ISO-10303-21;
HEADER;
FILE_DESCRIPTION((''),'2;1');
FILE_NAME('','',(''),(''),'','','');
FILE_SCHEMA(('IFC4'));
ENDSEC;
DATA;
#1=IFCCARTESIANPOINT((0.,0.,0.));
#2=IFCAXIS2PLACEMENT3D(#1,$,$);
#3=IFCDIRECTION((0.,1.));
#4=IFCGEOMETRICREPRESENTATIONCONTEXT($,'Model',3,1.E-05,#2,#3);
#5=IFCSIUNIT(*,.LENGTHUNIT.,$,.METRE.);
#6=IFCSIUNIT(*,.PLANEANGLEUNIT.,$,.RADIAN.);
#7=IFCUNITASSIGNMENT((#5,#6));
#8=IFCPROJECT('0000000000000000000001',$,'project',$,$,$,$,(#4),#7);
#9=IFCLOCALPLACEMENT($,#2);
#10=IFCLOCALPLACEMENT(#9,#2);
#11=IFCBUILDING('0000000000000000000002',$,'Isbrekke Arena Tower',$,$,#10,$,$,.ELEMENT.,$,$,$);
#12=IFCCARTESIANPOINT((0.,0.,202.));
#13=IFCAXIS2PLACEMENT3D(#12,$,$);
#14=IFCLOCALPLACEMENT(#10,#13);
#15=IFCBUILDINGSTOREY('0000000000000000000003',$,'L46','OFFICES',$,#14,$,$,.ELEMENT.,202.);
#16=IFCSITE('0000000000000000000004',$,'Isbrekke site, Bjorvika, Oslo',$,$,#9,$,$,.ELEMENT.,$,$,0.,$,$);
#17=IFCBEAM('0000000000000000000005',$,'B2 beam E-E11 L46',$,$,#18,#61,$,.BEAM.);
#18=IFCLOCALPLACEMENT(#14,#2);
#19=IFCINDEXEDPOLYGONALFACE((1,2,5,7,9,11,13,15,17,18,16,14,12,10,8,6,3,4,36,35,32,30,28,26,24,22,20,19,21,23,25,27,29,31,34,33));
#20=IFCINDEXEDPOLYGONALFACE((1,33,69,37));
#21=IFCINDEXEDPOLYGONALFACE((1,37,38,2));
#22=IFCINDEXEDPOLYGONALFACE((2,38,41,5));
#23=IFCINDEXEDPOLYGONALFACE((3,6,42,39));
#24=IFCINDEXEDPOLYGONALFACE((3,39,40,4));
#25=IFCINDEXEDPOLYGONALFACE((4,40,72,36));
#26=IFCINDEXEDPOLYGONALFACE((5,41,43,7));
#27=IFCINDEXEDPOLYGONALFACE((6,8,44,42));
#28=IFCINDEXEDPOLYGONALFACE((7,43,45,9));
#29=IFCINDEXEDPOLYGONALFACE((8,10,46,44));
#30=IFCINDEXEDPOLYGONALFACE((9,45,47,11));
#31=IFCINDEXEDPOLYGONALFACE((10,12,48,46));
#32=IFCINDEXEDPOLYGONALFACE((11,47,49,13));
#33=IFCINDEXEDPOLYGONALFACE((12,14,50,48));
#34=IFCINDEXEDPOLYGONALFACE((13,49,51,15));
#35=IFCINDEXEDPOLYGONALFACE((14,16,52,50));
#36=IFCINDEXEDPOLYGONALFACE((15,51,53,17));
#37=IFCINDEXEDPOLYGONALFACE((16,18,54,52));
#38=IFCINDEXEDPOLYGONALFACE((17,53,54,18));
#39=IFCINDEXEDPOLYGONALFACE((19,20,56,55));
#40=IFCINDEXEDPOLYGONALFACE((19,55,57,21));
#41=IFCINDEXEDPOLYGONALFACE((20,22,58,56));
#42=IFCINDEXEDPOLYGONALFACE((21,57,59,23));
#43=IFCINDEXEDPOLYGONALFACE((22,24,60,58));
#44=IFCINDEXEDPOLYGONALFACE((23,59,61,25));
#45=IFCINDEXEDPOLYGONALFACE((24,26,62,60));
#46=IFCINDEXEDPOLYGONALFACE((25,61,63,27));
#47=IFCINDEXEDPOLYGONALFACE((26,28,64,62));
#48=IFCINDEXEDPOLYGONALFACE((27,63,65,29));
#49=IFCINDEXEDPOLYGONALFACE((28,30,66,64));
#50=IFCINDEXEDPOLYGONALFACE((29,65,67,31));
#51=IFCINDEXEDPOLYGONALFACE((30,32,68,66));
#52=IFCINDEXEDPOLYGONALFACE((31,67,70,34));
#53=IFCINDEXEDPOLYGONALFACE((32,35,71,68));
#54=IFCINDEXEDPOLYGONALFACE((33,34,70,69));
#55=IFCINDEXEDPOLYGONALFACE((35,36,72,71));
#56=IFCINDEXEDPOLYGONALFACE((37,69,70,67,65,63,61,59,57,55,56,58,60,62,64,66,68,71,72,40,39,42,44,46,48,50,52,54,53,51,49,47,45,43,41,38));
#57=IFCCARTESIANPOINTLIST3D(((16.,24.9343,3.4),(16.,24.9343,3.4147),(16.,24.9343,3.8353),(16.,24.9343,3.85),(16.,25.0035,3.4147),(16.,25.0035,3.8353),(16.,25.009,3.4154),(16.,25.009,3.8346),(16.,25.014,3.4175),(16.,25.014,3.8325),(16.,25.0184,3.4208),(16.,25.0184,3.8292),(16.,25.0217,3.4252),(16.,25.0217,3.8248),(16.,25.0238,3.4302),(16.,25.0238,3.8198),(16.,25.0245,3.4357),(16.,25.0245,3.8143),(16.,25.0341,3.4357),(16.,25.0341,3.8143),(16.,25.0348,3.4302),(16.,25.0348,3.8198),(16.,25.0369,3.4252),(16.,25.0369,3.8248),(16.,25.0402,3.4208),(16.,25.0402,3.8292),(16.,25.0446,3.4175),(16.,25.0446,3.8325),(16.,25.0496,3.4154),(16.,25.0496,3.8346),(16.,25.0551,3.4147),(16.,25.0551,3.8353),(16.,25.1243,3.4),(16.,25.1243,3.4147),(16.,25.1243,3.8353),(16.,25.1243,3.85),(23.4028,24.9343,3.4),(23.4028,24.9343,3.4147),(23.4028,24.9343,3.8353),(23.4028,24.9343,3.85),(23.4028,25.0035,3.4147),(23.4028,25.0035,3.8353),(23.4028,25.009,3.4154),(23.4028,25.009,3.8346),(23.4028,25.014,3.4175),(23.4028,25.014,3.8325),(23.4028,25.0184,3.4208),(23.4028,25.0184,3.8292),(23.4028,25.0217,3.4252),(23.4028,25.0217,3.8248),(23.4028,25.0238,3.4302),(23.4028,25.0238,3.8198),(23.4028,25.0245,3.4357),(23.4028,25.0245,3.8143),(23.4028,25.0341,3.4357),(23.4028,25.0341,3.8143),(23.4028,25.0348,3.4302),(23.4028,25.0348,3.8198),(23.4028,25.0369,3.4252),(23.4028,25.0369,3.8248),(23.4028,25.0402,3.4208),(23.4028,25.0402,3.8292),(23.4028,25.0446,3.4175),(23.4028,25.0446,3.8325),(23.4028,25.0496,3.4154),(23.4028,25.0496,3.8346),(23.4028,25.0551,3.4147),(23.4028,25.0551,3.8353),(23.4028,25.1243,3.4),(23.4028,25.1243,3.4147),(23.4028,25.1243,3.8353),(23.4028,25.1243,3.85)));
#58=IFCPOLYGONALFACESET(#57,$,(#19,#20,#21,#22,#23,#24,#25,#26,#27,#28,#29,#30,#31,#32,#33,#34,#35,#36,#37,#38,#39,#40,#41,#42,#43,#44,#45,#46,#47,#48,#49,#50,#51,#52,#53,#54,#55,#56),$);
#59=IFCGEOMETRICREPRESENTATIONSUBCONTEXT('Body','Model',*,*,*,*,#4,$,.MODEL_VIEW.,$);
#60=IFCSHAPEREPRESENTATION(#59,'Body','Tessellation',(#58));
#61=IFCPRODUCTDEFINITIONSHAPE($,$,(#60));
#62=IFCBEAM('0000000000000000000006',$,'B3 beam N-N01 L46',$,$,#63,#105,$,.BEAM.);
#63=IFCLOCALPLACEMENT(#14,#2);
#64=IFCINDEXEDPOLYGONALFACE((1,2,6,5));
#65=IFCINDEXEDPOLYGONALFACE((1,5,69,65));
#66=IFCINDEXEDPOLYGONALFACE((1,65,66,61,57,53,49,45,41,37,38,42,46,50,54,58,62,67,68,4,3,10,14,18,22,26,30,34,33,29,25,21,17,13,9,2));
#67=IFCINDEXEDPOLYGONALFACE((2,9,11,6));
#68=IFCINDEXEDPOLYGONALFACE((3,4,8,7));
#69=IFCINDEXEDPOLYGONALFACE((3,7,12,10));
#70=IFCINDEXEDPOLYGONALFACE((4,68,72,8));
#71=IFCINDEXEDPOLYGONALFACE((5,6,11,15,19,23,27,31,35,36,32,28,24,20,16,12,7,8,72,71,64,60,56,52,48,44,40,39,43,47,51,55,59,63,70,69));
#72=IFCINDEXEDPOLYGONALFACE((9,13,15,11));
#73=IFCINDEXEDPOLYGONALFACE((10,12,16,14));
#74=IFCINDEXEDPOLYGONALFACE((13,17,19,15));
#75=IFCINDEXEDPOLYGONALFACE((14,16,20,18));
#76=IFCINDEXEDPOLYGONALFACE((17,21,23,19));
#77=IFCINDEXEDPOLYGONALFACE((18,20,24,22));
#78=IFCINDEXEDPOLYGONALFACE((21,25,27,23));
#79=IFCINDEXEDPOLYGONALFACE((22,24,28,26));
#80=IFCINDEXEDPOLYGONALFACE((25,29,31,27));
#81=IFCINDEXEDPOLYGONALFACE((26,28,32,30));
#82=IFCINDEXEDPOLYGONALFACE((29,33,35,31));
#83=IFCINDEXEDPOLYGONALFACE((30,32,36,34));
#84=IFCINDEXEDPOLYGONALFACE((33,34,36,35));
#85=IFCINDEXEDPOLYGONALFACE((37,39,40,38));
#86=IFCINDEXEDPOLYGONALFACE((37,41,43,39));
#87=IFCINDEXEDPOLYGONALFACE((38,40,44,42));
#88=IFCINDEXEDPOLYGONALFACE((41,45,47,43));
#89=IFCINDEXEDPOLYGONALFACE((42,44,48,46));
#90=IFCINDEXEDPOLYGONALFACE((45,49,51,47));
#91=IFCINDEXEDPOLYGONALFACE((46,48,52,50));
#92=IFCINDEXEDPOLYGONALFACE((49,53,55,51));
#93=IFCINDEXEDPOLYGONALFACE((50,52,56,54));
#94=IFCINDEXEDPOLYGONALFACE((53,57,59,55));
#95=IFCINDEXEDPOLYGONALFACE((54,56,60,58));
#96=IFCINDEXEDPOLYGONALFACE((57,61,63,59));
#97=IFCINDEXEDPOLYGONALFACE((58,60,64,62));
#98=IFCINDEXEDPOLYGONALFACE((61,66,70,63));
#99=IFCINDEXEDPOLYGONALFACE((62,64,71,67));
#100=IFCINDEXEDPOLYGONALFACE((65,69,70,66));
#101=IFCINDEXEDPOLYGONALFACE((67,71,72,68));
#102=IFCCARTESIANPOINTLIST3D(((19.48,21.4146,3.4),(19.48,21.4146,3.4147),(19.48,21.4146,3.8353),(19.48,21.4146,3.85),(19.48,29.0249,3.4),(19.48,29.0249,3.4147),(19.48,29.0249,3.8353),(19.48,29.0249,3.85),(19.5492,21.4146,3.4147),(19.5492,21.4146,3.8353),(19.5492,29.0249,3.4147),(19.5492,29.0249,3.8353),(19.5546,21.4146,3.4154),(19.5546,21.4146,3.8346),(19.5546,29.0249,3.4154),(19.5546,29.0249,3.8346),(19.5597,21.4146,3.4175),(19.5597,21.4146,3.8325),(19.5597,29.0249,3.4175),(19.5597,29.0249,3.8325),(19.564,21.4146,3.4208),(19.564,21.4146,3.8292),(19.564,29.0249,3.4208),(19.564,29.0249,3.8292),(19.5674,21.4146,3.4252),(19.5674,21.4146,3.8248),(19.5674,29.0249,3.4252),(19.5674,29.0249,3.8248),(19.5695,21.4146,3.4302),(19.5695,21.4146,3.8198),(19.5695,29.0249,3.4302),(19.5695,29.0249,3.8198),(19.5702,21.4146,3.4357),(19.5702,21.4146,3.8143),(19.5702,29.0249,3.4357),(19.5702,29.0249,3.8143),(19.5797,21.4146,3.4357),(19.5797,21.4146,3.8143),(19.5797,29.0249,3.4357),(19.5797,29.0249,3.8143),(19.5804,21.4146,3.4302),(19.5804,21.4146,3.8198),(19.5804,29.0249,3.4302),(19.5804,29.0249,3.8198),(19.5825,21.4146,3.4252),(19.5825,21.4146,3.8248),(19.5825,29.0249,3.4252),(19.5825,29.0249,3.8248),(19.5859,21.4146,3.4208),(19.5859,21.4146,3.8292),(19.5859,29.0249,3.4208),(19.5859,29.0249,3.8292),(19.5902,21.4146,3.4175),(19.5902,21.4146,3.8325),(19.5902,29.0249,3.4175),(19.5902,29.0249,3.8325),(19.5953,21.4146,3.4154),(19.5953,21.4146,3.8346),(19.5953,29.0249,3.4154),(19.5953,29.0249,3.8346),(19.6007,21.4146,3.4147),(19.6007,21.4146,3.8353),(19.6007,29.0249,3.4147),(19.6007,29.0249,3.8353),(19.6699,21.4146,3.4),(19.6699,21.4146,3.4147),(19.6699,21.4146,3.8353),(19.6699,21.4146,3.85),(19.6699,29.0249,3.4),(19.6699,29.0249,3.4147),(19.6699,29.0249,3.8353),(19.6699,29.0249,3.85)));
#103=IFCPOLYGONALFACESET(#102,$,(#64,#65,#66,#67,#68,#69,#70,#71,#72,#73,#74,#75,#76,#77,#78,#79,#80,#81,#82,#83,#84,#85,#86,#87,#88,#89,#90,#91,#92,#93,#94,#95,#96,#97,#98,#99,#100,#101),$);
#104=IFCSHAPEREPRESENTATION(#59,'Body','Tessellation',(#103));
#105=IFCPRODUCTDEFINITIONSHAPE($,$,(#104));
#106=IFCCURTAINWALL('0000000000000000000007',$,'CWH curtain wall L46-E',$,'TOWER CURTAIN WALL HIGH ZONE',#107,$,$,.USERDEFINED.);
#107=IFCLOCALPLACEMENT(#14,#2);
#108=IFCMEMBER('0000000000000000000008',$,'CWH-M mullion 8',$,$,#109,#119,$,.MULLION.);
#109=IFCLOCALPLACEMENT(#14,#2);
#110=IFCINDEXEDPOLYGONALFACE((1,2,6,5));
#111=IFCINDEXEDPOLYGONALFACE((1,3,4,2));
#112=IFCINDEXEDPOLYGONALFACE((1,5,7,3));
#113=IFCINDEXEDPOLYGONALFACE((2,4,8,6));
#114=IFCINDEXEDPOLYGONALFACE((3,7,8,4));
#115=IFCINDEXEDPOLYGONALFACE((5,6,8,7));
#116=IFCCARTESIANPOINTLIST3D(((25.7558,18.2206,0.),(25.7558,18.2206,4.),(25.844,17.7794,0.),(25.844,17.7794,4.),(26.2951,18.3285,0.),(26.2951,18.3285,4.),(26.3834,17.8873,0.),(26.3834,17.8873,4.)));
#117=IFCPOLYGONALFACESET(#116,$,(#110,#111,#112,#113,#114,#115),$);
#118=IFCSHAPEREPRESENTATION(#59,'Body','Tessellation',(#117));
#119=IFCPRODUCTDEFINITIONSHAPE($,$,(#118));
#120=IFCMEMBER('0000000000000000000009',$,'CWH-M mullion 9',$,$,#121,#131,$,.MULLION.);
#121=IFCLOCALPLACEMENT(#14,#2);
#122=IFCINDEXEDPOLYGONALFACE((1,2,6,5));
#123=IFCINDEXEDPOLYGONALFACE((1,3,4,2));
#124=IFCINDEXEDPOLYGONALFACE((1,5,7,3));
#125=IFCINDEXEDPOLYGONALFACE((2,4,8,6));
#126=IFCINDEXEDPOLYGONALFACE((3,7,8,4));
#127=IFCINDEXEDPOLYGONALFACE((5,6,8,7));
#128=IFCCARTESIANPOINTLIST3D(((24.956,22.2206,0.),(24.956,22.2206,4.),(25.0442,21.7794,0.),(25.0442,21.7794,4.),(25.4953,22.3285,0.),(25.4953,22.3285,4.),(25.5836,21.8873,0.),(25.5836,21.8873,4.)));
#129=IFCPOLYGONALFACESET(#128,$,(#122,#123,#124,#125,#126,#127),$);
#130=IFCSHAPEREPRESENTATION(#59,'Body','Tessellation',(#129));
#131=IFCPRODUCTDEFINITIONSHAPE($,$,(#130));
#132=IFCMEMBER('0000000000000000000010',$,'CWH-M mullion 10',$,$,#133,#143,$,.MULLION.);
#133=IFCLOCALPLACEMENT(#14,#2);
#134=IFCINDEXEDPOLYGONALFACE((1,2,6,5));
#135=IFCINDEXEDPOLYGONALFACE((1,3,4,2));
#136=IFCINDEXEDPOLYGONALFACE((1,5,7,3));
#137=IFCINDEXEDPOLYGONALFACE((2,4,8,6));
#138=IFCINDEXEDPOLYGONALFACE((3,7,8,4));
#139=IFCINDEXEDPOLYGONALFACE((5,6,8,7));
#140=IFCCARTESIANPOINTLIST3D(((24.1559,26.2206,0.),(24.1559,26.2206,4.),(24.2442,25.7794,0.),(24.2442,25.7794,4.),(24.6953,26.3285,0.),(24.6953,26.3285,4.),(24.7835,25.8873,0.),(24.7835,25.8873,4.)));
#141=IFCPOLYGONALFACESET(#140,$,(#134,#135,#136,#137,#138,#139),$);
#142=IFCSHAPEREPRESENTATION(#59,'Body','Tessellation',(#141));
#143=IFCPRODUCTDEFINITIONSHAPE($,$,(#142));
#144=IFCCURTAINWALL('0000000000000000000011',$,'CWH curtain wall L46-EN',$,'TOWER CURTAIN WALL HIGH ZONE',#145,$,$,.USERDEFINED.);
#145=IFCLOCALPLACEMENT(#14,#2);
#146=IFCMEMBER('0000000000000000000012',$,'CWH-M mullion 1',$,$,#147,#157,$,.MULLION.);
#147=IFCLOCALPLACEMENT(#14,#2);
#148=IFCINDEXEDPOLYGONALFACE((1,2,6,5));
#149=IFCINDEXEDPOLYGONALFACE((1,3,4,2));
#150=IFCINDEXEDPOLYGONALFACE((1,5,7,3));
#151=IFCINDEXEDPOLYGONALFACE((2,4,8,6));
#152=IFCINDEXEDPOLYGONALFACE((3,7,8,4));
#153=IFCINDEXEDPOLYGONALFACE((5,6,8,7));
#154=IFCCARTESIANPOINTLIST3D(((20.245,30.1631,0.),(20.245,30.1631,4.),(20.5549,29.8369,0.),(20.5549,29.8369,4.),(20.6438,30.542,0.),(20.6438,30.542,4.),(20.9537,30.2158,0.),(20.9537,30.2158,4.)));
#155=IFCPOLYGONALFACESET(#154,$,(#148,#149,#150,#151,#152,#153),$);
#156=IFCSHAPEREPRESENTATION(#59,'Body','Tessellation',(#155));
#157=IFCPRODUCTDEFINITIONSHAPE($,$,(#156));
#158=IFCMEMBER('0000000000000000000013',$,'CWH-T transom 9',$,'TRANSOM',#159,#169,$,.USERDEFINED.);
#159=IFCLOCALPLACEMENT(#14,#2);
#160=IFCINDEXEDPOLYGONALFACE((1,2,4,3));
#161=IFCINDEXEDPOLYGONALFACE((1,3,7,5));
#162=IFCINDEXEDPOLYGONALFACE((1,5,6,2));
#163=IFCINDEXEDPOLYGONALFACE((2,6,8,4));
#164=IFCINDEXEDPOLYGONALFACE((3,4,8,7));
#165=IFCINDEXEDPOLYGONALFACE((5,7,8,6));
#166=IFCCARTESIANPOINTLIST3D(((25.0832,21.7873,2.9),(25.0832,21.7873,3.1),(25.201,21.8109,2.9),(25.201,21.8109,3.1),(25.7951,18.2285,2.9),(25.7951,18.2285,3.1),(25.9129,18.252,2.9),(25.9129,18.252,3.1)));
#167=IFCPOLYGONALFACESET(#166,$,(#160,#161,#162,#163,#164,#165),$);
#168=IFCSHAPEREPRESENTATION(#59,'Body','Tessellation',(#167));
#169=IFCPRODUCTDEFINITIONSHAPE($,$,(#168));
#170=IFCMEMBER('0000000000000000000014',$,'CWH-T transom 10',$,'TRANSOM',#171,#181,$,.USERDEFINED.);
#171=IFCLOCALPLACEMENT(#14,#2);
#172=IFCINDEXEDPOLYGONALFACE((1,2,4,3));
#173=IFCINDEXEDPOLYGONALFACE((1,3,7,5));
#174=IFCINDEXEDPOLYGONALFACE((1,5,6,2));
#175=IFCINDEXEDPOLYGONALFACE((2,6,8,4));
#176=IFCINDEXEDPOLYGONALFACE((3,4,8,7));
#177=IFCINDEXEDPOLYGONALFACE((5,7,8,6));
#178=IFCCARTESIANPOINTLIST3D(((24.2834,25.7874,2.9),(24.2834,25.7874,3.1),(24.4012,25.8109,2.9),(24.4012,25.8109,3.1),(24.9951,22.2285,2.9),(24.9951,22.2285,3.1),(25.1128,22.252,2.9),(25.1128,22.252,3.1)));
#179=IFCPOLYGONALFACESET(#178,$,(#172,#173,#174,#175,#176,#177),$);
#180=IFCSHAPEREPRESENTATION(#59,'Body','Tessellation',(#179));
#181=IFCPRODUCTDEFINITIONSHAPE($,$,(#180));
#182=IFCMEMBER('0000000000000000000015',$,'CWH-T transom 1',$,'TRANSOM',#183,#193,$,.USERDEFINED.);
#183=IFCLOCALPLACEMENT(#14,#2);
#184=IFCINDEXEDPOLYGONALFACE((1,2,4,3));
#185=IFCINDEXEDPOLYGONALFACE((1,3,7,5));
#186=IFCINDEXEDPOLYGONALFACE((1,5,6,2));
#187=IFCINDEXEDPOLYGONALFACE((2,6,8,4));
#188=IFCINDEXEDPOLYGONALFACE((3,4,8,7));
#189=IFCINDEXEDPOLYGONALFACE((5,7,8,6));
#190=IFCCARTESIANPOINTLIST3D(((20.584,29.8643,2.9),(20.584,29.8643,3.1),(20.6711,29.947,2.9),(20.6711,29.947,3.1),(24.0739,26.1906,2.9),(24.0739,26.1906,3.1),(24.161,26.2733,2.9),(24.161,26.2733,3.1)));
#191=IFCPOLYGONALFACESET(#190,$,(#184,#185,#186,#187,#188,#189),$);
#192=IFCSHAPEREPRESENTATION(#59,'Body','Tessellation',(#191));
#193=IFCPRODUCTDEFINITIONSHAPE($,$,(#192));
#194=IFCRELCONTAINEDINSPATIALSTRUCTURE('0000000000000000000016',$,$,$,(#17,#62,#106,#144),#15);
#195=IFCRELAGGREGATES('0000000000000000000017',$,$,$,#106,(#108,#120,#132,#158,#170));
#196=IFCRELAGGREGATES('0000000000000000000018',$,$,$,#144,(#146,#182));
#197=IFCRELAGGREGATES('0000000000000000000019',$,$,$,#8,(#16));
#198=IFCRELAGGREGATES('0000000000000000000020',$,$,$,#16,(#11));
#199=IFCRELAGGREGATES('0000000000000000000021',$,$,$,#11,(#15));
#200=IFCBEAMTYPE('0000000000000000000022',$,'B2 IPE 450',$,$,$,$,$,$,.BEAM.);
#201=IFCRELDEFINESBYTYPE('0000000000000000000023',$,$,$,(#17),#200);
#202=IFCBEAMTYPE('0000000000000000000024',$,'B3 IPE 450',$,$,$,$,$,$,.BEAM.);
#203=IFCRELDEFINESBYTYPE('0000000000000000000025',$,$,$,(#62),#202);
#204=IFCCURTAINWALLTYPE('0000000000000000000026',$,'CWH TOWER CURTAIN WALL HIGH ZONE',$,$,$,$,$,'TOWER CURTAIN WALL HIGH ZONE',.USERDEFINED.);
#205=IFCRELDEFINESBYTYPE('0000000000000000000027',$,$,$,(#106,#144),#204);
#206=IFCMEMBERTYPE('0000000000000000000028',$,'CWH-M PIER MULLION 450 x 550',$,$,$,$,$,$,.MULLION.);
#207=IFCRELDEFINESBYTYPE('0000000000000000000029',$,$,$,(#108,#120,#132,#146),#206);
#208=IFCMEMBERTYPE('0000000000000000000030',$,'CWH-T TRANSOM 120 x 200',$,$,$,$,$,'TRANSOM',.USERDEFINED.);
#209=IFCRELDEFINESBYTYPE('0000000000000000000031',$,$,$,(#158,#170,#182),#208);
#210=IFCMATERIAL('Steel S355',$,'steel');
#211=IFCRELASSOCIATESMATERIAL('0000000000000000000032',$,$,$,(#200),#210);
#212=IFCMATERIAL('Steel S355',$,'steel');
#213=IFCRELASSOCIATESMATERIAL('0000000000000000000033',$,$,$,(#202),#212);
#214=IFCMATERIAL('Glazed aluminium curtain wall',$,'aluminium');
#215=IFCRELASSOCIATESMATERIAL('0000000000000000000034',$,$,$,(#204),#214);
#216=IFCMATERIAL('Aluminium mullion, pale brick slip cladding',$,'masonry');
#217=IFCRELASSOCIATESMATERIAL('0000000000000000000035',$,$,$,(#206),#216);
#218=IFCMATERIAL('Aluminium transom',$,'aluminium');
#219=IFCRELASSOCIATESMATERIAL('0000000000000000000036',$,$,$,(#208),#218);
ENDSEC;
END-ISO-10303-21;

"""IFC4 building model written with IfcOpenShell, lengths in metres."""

from ifc_helpers import new_model, si_unit, direction, frame, origin, origin_2d, place, context, subcontext, project, spatial, rectangle, i_section, extrude, material, material_profile, profile_set, type_object, element, aggregate, save


model = new_model("IFC4")

# Units and contexts
model_context = context("Model", 3, precision=1e-05, world=origin(), true_north=direction((0.0, 1.0)))
body_context = subcontext(model_context, "Body", "Model", "MODEL_VIEW")
ifc_project = project(units=[si_unit("LENGTHUNIT", "METRE"), si_unit("PLANEANGLEUNIT", "RADIAN")], contexts=[model_context])

# Site, building, storey
site_placement = place(None, origin())
site = spatial("IfcSite", under=ifc_project, at=site_placement, Name="Isbrekke site, Bjorvika, Oslo", CompositionType="ELEMENT", RefElevation=0.0)
building_placement = place(site_placement, origin())
building = spatial("IfcBuilding", under=site, at=building_placement, Name="Isbrekke Arena Tower", CompositionType="ELEMENT")
storey_placement = place(building_placement, frame((0.0, 0.0, 202.0)))
storey = spatial("IfcBuildingStorey", under=building, at=storey_placement, Name="L46", Description="OFFICES", CompositionType="ELEMENT", Elevation=202.0)

# Beams
ifc_material_1 = material(Name="Steel S355", Category="steel")
ifc_material_profile_1 = material_profile(ifc_material_1, i_section(OverallWidth=0.1899, OverallDepth=0.45, WebThickness=0.0095, FlangeThickness=0.0146, FilletRadius=0.021, at=origin_2d()), Name="IPE 450")
ifc_profile_set_1 = profile_set([ifc_material_profile_1], Name="Steel S355")
beam_type_1 = type_object("IfcBeamType", Name="B2 IPE 450", PredefinedType="BEAM", material=ifc_profile_set_1)
beam_1_placement = place(storey_placement, frame((23.4028, 25.0293, 3.625), z_axis=(-1.0, 0.0, 0.0), x_axis=(0.0, -1.0, 0.0)))
element("IfcBeam", 1, at=beam_1_placement, inside=storey, type_object=beam_type_1, Name="B2 beam E-E11 L46", PredefinedType="BEAM", context=body_context, shape_type="SweptSolid", body=[
    extrude(i_section(OverallWidth=0.1899, OverallDepth=0.45, WebThickness=0.0095, FlangeThickness=0.0146, FilletRadius=0.021, at=origin_2d()), origin(), (0.0, 0.0, 1.0), 7.4028),
])
ifc_material_2 = material(Name="Steel S355", Category="steel")
ifc_material_profile_2 = material_profile(ifc_material_2, i_section(OverallWidth=0.1899, OverallDepth=0.45, WebThickness=0.0095, FlangeThickness=0.0146, FilletRadius=0.021, at=origin_2d()), Name="IPE 450")
ifc_profile_set_2 = profile_set([ifc_material_profile_2], Name="Steel S355")
beam_type_2 = type_object("IfcBeamType", Name="B3 IPE 450", PredefinedType="BEAM", material=ifc_profile_set_2)
beam_2_placement = place(storey_placement, frame((19.575, 29.0249, 3.625), z_axis=(0.0, -1.0, 0.0), x_axis=(1.0, 0.0, 0.0)))
element("IfcBeam", 2, at=beam_2_placement, inside=storey, type_object=beam_type_2, Name="B3 beam N-N01 L46", PredefinedType="BEAM", context=body_context, shape_type="SweptSolid", body=[
    extrude(i_section(OverallWidth=0.1899, OverallDepth=0.45, WebThickness=0.0095, FlangeThickness=0.0146, FilletRadius=0.021, at=origin_2d()), origin(), (0.0, 0.0, 1.0), 7.6104),
])

# Curtain wall, members
ifc_material_3 = material(Name="Glazed aluminium curtain wall", Category="aluminium")
curtain_wall_type = type_object("IfcCurtainWallType", Name="CWH TOWER CURTAIN WALL HIGH ZONE", ElementType="TOWER CURTAIN WALL HIGH ZONE", PredefinedType="USERDEFINED", material=ifc_material_3)
curtain_wall_1_placement = place(storey_placement, origin())
curtain_wall_1 = element("IfcCurtainWall", 3, at=curtain_wall_1_placement, inside=storey, type_object=curtain_wall_type, Name="CWH curtain wall L46-E", ObjectType="TOWER CURTAIN WALL HIGH ZONE", PredefinedType="USERDEFINED")
ifc_material_4 = material(Name="Aluminium mullion, pale brick slip cladding", Category="masonry")
ifc_material_profile_3 = material_profile(ifc_material_4, rectangle(XDim=0.45, YDim=0.55, at=origin_2d()), Name="PIER 450X550")
ifc_profile_set_3 = profile_set([ifc_material_profile_3], Name="Aluminium mullion, pale brick slip cladding")
member_type_1 = type_object("IfcMemberType", Name="CWH-M PIER MULLION 450 x 550", PredefinedType="MULLION", material=ifc_profile_set_3)
member_1_placement = place(storey_placement, frame((26.0696, 18.054, 0.0), z_axis=(0.0, 0.0, 1.0), x_axis=(-0.196116, 0.980581, 0.0)))
member_1 = element("IfcMember", 4, at=member_1_placement, type_object=member_type_1, Name="CWH-M mullion 8", PredefinedType="MULLION", context=body_context, shape_type="SweptSolid", body=[
    extrude(rectangle(XDim=0.45, YDim=0.55, at=origin_2d()), origin(), (0.0, 0.0, 1.0), 4.0),
])
member_2_placement = place(storey_placement, frame((25.2698, 22.054, 0.0), z_axis=(0.0, 0.0, 1.0), x_axis=(-0.196116, 0.980581, 0.0)))
member_2 = element("IfcMember", 5, at=member_2_placement, type_object=member_type_1, Name="CWH-M mullion 9", PredefinedType="MULLION", context=body_context, shape_type="SweptSolid", body=[
    extrude(rectangle(XDim=0.45, YDim=0.55, at=origin_2d()), origin(), (0.0, 0.0, 1.0), 4.0),
])
member_3_placement = place(storey_placement, frame((24.4697, 26.054, 0.0), z_axis=(0.0, 0.0, 1.0), x_axis=(-0.196116, 0.980581, 0.0)))
member_3 = element("IfcMember", 6, at=member_3_placement, type_object=member_type_1, Name="CWH-M mullion 10", PredefinedType="MULLION", context=body_context, shape_type="SweptSolid", body=[
    extrude(rectangle(XDim=0.45, YDim=0.55, at=origin_2d()), origin(), (0.0, 0.0, 1.0), 4.0),
])

# Curtain wall, member
curtain_wall_2_placement = place(storey_placement, origin())
curtain_wall_2 = element("IfcCurtainWall", 7, at=curtain_wall_2_placement, inside=storey, type_object=curtain_wall_type, Name="CWH curtain wall L46-EN", ObjectType="TOWER CURTAIN WALL HIGH ZONE", PredefinedType="USERDEFINED")
member_4_placement = place(storey_placement, frame((20.5994, 30.1895, 0.0), z_axis=(0.0, 0.0, 1.0), x_axis=(-0.688749, 0.724999, 0.0)))
member_4 = element("IfcMember", 8, at=member_4_placement, type_object=member_type_1, Name="CWH-M mullion 1", PredefinedType="MULLION", context=body_context, shape_type="SweptSolid", body=[
    extrude(rectangle(XDim=0.45, YDim=0.55, at=origin_2d()), origin(), (0.0, 0.0, 1.0), 4.0),
])

# Members
ifc_material_5 = material(Name="Aluminium transom", Category="aluminium")
ifc_material_profile_4 = material_profile(ifc_material_5, rectangle(XDim=0.1201, YDim=0.2, at=origin_2d()), Name="TRANSOM 120X200")
ifc_profile_set_4 = profile_set([ifc_material_profile_4], Name="Aluminium transom")
member_type_2 = type_object("IfcMemberType", Name="CWH-T TRANSOM 120 x 200", ElementType="TRANSOM", PredefinedType="USERDEFINED", material=ifc_profile_set_4)
member_5_placement = place(storey_placement, frame((25.854, 18.2402, 3.0), z_axis=(-0.196155, 0.980573, 0.0), x_axis=(-0.980573, -0.196155, 0.0)))
member_5 = element("IfcMember", 9, at=member_5_placement, type_object=member_type_2, Name="CWH-T transom 9", ObjectType="TRANSOM", PredefinedType="USERDEFINED", context=body_context, shape_type="SweptSolid", body=[
    extrude(rectangle(XDim=0.1201, YDim=0.2, at=origin_2d()), origin(), (0.0, 0.0, 1.0), 3.6294),
])
member_6_placement = place(storey_placement, frame((25.054, 22.2402, 3.0), z_axis=(-0.19609, 0.980586, 0.0), x_axis=(-0.980586, -0.19609, 0.0)))
member_6 = element("IfcMember", 10, at=member_6_placement, type_object=member_type_2, Name="CWH-T transom 10", ObjectType="TRANSOM", PredefinedType="USERDEFINED", context=body_context, shape_type="SweptSolid", body=[
    extrude(rectangle(XDim=0.1201, YDim=0.2, at=origin_2d()), origin(), (0.0, 0.0, 1.0), 3.6294),
])
member_7_placement = place(storey_placement, frame((24.1174, 26.2319, 3.0), z_axis=(-0.688734, 0.725014, 0.0), x_axis=(-0.725014, -0.688734, 0.0)))
member_7 = element("IfcMember", 11, at=member_7_placement, type_object=member_type_2, Name="CWH-T transom 1", ObjectType="TRANSOM", PredefinedType="USERDEFINED", context=body_context, shape_type="SweptSolid", body=[
    extrude(rectangle(XDim=0.1201, YDim=0.2, at=origin_2d()), origin(), (0.0, 0.0, 1.0), 5.0671),
])

aggregate(curtain_wall_1, [member_1, member_2, member_3, member_5, member_6])
aggregate(curtain_wall_2, [member_4, member_7])

save(model, "model.ifc")
